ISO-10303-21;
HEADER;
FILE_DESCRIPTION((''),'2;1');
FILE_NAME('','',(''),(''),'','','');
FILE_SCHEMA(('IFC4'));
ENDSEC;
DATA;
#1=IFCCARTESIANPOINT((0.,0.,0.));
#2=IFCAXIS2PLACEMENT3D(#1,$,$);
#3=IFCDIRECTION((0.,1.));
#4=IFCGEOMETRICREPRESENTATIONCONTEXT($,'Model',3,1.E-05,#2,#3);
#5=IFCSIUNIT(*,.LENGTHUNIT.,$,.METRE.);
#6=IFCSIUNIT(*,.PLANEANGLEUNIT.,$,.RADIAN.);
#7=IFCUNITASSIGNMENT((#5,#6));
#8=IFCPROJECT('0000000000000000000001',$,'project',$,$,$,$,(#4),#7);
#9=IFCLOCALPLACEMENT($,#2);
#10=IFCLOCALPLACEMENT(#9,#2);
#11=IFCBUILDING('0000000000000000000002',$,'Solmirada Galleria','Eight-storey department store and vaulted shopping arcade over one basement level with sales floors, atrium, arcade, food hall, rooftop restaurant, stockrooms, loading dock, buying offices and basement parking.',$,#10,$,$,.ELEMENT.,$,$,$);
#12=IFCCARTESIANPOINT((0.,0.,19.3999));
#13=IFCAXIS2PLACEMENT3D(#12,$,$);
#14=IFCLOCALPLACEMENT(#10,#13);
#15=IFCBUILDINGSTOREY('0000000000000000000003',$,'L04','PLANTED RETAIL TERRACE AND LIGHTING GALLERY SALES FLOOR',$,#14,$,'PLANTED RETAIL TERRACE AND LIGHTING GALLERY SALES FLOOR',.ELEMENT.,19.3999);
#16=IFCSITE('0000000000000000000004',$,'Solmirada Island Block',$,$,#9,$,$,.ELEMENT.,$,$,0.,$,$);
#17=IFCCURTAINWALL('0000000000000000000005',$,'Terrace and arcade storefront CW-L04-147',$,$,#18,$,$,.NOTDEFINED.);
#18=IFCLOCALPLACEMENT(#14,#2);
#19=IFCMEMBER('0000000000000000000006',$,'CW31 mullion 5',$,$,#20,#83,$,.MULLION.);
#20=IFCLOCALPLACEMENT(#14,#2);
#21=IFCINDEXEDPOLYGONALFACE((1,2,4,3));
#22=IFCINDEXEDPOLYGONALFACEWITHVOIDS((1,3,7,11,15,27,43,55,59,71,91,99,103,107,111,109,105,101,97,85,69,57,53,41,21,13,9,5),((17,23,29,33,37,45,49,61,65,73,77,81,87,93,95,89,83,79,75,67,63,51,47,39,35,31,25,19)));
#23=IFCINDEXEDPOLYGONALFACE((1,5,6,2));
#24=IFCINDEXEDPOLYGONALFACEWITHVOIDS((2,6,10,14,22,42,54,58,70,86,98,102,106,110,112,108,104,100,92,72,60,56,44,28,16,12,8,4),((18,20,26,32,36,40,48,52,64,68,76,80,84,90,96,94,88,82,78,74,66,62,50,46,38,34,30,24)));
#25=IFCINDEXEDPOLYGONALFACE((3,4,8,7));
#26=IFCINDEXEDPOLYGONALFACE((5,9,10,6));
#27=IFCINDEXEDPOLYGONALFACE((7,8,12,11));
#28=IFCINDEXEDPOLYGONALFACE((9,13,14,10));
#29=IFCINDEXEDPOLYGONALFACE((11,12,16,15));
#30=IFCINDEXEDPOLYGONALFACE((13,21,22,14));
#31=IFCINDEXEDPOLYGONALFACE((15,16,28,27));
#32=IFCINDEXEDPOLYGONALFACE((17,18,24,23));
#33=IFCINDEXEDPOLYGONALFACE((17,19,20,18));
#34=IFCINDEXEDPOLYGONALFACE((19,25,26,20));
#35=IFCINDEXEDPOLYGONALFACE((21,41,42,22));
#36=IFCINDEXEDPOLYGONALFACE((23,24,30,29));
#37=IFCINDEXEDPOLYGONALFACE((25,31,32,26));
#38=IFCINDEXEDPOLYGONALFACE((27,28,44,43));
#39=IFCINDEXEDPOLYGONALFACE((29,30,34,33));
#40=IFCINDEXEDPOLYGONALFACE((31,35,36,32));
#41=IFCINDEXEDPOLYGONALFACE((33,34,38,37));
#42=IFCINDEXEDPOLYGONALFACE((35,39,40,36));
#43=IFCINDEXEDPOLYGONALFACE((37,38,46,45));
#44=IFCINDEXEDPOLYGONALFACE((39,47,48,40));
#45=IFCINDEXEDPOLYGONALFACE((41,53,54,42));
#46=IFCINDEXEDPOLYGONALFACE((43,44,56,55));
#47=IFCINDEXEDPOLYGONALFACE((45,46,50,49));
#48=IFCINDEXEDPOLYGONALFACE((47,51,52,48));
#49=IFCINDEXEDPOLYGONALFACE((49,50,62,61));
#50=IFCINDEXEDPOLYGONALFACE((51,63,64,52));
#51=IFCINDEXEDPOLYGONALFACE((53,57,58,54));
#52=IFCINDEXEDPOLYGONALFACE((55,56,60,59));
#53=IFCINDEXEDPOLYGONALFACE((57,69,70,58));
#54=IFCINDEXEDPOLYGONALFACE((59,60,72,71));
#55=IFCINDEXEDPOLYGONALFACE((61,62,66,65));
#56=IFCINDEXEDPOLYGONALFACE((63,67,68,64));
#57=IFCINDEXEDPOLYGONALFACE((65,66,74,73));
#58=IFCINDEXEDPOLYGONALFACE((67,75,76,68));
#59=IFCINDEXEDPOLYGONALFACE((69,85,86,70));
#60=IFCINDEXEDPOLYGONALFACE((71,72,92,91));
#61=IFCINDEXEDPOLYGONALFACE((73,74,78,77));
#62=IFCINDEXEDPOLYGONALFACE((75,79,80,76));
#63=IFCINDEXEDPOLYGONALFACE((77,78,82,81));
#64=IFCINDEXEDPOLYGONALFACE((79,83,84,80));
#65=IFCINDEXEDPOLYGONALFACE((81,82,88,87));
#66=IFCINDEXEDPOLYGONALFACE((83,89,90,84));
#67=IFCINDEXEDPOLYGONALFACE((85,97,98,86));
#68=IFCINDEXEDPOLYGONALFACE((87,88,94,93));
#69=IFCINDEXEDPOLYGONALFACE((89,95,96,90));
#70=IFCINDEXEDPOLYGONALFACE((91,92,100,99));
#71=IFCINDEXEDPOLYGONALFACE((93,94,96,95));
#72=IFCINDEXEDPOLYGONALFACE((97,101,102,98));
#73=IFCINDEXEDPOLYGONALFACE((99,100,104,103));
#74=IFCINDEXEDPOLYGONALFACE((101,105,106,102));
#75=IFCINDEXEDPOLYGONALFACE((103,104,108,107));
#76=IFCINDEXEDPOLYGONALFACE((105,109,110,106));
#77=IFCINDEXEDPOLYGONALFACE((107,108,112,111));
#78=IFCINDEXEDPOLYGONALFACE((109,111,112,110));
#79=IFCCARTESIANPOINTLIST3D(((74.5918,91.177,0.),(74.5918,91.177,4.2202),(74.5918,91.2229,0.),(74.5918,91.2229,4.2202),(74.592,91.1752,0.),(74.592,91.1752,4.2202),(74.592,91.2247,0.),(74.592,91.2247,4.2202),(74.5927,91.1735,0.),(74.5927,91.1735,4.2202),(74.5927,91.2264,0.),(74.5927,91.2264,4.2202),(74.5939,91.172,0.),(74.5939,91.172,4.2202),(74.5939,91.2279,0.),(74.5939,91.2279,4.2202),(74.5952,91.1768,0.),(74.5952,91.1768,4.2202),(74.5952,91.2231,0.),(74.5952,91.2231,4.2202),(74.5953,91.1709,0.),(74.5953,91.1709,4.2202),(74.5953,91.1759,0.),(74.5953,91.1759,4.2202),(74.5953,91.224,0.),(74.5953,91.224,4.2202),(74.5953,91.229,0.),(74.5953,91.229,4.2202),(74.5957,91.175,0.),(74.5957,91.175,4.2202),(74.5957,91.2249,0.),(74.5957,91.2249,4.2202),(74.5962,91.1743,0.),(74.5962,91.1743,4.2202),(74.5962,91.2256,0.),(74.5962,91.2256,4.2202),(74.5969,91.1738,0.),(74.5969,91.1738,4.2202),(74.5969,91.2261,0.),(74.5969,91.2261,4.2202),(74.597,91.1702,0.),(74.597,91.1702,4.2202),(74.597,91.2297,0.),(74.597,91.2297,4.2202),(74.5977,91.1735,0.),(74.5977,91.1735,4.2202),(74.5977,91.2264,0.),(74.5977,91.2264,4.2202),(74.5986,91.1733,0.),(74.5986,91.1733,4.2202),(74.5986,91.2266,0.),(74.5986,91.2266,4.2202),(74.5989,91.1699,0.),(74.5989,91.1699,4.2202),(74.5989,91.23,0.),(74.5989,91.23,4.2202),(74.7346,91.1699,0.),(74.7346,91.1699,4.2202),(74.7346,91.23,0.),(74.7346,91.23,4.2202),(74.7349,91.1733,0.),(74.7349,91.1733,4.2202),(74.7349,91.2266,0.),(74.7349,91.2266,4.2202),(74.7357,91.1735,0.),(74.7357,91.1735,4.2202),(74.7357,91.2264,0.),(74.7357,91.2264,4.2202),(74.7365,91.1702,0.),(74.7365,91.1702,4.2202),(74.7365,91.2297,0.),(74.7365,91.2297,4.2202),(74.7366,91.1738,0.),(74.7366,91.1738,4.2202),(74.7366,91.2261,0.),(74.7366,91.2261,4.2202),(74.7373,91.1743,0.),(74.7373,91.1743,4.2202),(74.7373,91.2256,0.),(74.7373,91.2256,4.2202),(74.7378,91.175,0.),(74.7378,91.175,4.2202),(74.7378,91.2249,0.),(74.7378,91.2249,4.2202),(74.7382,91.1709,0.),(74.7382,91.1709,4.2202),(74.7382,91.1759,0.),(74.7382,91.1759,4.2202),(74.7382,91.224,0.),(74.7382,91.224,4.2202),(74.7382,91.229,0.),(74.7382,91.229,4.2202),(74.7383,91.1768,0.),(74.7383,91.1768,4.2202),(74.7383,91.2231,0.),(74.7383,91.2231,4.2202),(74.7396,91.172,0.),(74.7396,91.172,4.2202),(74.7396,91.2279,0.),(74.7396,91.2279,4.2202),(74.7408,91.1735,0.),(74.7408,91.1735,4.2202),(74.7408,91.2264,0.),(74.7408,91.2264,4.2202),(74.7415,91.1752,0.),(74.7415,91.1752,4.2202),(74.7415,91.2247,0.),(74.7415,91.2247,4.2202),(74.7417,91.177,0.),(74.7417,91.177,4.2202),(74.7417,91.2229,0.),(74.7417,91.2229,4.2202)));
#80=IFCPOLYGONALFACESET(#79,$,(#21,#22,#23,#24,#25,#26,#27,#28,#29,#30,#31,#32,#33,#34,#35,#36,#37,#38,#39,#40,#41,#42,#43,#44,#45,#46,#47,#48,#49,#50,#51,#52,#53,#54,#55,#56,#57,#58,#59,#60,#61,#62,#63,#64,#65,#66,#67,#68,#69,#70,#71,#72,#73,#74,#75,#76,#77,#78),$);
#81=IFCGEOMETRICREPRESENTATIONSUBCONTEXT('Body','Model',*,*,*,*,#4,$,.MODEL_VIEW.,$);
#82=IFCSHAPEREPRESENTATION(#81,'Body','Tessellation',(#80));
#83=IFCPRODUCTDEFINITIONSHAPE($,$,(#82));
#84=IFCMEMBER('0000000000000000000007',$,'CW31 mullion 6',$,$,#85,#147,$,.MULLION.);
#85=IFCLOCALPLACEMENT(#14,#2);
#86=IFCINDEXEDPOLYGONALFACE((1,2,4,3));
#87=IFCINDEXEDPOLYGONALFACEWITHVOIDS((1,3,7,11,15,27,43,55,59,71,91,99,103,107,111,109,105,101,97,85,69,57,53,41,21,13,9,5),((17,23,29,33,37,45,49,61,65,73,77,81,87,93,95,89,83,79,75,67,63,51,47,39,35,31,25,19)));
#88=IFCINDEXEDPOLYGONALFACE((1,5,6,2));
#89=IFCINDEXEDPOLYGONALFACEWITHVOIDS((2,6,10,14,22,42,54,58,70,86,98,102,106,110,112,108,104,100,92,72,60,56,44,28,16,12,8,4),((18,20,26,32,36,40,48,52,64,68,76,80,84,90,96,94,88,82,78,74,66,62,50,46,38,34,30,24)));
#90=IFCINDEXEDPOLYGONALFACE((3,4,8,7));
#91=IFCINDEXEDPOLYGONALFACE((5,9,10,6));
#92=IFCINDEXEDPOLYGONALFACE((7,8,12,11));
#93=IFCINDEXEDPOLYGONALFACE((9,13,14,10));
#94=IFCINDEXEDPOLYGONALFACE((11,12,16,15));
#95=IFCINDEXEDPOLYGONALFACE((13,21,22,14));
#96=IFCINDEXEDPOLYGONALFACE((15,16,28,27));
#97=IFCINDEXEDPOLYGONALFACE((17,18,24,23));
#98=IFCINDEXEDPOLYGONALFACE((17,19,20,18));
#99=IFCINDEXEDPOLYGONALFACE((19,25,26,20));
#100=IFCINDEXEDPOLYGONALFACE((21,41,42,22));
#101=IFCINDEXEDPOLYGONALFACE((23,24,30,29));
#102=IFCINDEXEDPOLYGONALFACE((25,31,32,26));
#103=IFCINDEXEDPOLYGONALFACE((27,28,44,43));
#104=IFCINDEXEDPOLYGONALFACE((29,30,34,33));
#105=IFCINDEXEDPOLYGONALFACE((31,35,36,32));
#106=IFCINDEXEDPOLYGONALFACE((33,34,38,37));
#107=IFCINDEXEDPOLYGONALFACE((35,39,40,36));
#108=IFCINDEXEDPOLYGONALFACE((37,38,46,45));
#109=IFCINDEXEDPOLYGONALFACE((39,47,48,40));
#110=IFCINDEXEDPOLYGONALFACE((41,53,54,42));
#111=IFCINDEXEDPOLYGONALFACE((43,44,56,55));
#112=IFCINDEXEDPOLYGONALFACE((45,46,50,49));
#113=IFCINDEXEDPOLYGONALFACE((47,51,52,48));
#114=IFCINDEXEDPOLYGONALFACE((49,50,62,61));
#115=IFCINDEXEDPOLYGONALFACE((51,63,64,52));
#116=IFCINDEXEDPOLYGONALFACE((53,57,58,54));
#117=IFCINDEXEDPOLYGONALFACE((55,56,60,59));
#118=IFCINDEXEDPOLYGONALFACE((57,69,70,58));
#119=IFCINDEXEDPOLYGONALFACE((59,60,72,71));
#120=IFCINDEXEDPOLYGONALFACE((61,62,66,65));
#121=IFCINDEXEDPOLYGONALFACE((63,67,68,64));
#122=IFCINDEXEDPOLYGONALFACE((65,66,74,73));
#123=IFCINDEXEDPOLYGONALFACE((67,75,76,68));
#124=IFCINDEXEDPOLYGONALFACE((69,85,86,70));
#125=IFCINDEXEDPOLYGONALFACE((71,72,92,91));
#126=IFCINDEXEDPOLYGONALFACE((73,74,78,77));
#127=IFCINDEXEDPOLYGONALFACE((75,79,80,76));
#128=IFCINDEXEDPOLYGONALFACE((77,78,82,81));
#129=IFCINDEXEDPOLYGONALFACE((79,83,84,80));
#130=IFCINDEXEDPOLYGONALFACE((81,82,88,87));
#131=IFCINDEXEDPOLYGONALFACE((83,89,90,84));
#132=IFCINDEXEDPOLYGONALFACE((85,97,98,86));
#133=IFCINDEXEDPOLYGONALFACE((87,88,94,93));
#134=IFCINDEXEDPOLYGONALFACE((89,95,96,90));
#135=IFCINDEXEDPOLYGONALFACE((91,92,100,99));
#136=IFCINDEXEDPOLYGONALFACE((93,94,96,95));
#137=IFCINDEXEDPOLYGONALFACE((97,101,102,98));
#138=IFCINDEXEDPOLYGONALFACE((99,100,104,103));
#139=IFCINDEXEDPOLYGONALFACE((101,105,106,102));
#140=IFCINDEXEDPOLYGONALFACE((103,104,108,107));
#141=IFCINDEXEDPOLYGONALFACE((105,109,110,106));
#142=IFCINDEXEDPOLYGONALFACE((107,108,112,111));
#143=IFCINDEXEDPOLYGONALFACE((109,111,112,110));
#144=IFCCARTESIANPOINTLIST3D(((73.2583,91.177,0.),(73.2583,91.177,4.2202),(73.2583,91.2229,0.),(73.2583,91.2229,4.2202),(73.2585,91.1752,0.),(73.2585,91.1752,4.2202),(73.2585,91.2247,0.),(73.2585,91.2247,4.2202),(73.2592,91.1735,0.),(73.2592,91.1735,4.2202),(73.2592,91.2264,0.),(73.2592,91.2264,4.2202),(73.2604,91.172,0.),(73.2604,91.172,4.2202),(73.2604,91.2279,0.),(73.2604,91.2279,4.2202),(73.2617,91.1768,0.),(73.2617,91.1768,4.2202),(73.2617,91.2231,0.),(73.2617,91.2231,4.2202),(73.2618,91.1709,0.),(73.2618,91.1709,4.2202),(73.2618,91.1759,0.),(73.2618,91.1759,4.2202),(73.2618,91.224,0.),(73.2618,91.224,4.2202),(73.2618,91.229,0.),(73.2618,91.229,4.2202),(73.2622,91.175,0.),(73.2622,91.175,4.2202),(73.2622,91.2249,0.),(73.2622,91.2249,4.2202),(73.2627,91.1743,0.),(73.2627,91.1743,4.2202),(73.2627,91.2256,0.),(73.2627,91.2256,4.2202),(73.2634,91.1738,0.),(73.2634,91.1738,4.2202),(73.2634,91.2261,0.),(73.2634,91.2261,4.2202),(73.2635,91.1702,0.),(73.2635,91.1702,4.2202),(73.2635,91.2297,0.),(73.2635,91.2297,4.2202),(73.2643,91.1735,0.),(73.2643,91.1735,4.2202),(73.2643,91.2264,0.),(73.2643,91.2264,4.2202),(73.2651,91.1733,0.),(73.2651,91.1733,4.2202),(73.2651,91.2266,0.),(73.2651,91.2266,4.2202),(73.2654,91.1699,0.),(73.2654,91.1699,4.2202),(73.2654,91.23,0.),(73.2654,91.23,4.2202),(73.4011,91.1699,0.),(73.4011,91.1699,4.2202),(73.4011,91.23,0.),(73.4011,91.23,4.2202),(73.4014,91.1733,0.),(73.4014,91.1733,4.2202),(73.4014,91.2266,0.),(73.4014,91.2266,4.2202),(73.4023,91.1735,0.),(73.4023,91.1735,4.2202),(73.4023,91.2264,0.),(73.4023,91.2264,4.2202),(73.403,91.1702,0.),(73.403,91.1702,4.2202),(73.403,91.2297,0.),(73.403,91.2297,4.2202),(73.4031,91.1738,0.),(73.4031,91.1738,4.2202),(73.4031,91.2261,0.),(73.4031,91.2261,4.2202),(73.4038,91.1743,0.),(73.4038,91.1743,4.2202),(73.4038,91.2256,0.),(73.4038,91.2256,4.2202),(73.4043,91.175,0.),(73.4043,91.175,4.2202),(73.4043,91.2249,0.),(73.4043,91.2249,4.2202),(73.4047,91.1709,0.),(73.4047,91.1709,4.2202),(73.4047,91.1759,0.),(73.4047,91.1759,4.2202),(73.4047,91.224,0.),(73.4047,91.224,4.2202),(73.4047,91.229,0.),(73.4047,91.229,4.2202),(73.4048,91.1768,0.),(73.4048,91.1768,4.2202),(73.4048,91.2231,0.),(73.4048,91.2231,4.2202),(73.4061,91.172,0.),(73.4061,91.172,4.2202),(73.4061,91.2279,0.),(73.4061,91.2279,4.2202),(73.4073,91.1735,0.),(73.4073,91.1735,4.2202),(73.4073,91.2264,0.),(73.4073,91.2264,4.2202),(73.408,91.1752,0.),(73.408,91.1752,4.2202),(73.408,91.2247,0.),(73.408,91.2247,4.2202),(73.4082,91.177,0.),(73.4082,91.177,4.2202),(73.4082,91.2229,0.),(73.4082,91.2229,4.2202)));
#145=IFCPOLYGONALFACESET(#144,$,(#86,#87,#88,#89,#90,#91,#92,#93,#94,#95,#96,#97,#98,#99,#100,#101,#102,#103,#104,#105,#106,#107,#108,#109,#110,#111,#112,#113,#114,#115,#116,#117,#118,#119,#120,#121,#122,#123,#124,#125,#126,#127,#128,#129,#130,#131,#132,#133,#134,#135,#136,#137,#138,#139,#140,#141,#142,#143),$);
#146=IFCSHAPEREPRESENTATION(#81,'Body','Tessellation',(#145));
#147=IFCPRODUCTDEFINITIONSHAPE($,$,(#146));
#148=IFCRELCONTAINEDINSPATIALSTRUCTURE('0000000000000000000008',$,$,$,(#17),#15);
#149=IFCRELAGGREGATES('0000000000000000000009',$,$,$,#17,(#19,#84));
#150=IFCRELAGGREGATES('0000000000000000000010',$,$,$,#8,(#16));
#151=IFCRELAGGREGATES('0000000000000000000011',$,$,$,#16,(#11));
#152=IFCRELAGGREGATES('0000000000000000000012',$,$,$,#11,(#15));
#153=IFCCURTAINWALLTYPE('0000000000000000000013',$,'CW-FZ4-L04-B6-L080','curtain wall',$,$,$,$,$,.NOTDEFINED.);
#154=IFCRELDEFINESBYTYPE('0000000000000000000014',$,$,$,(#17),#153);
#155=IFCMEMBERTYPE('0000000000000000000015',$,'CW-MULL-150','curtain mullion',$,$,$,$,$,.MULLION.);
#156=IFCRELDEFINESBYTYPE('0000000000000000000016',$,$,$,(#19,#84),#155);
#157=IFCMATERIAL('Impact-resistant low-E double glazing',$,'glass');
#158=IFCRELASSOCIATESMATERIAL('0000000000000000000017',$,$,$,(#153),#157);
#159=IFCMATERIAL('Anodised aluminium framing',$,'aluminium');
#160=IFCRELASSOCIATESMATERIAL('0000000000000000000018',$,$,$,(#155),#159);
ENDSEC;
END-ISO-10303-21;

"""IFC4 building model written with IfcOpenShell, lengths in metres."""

from ifc_helpers import new_model, si_unit, direction, frame, origin, origin_2d, place, context, subcontext, project, spatial, hollow_rectangle, extrude, material, material_profile, profile_set, type_object, element, aggregate, save


model = new_model("IFC4")

# Units and contexts
model_context = context("Model", 3, precision=1e-05, world=origin(), true_north=direction((0.0, 1.0)))
body_context = subcontext(model_context, "Body", "Model", "MODEL_VIEW")
ifc_project = project(units=[si_unit("LENGTHUNIT", "METRE"), si_unit("PLANEANGLEUNIT", "RADIAN")], contexts=[model_context])

# Site, building, storey
site_placement = place(None, origin())
site = spatial("IfcSite", under=ifc_project, at=site_placement, Name="Solmirada Island Block", CompositionType="ELEMENT", RefElevation=0.0)
building_placement = place(site_placement, origin())
building = spatial("IfcBuilding", under=site, at=building_placement, Name="Solmirada Galleria", Description="Eight-storey department store and vaulted shopping arcade over one basement level with sales floors, atrium, arcade, food hall, rooftop restaurant, stockrooms, loading dock, buying offices and basement parking.", CompositionType="ELEMENT")
storey_placement = place(building_placement, frame((0.0, 0.0, 19.3999)))
storey = spatial("IfcBuildingStorey", under=building, at=storey_placement, Name="L04", Description="PLANTED RETAIL TERRACE AND LIGHTING GALLERY SALES FLOOR", LongName="PLANTED RETAIL TERRACE AND LIGHTING GALLERY SALES FLOOR", CompositionType="ELEMENT", Elevation=19.3999)

# Curtain wall, members
ifc_material_1 = material(Name="Impact-resistant low-E double glazing", Category="glass")
curtain_wall_type = type_object("IfcCurtainWallType", Name="CW-FZ4-L04-B6-L080", Description="curtain wall", PredefinedType="NOTDEFINED", material=ifc_material_1)
curtain_wall_1_placement = place(storey_placement, origin())
curtain_wall_1 = element("IfcCurtainWall", 1, at=curtain_wall_1_placement, inside=storey, type_object=curtain_wall_type, Name="Terrace and arcade storefront CW-L04-147", PredefinedType="NOTDEFINED")
ifc_material_2 = material(Name="Anodised aluminium framing", Category="aluminium")
ifc_material_profile_1 = material_profile(ifc_material_2, hollow_rectangle(XDim=0.0601, YDim=0.1499, WallThickness=0.0034, InnerFilletRadius=0.0034, OuterFilletRadius=0.0071, at=origin_2d()), Name="ALU-MULL-150X60")
ifc_profile_set_1 = profile_set([ifc_material_profile_1], Name="Anodised aluminium framing")
member_type_1 = type_object("IfcMemberType", Name="CW-MULL-150", Description="curtain mullion", PredefinedType="MULLION", material=ifc_profile_set_1)
member_1_placement = place(storey_placement, frame((74.6667, 91.2, 0.0), z_axis=(0.0, 0.0, 1.0), x_axis=(0.0, -1.0, 0.0)))
member_1 = element("IfcMember", 2, at=member_1_placement, type_object=member_type_1, Name="CW31 mullion 5", PredefinedType="MULLION", context=body_context, shape_type="SweptSolid", body=[
    extrude(hollow_rectangle(XDim=0.0601, YDim=0.1499, WallThickness=0.0034, InnerFilletRadius=0.0034, OuterFilletRadius=0.0071, at=origin_2d()), origin(), (0.0, 0.0, 1.0), 4.2202),
])
member_2_placement = place(storey_placement, frame((73.3333, 91.2, 0.0), z_axis=(0.0, 0.0, 1.0), x_axis=(0.0, -1.0, 0.0)))
member_2 = element("IfcMember", 3, at=member_2_placement, type_object=member_type_1, Name="CW31 mullion 6", PredefinedType="MULLION", context=body_context, shape_type="SweptSolid", body=[
    extrude(hollow_rectangle(XDim=0.0601, YDim=0.1499, WallThickness=0.0034, InnerFilletRadius=0.0034, OuterFilletRadius=0.0071, at=origin_2d()), origin(), (0.0, 0.0, 1.0), 4.2202),
])

aggregate(curtain_wall_1, [member_1, member_2])

save(model, "model.ifc")
